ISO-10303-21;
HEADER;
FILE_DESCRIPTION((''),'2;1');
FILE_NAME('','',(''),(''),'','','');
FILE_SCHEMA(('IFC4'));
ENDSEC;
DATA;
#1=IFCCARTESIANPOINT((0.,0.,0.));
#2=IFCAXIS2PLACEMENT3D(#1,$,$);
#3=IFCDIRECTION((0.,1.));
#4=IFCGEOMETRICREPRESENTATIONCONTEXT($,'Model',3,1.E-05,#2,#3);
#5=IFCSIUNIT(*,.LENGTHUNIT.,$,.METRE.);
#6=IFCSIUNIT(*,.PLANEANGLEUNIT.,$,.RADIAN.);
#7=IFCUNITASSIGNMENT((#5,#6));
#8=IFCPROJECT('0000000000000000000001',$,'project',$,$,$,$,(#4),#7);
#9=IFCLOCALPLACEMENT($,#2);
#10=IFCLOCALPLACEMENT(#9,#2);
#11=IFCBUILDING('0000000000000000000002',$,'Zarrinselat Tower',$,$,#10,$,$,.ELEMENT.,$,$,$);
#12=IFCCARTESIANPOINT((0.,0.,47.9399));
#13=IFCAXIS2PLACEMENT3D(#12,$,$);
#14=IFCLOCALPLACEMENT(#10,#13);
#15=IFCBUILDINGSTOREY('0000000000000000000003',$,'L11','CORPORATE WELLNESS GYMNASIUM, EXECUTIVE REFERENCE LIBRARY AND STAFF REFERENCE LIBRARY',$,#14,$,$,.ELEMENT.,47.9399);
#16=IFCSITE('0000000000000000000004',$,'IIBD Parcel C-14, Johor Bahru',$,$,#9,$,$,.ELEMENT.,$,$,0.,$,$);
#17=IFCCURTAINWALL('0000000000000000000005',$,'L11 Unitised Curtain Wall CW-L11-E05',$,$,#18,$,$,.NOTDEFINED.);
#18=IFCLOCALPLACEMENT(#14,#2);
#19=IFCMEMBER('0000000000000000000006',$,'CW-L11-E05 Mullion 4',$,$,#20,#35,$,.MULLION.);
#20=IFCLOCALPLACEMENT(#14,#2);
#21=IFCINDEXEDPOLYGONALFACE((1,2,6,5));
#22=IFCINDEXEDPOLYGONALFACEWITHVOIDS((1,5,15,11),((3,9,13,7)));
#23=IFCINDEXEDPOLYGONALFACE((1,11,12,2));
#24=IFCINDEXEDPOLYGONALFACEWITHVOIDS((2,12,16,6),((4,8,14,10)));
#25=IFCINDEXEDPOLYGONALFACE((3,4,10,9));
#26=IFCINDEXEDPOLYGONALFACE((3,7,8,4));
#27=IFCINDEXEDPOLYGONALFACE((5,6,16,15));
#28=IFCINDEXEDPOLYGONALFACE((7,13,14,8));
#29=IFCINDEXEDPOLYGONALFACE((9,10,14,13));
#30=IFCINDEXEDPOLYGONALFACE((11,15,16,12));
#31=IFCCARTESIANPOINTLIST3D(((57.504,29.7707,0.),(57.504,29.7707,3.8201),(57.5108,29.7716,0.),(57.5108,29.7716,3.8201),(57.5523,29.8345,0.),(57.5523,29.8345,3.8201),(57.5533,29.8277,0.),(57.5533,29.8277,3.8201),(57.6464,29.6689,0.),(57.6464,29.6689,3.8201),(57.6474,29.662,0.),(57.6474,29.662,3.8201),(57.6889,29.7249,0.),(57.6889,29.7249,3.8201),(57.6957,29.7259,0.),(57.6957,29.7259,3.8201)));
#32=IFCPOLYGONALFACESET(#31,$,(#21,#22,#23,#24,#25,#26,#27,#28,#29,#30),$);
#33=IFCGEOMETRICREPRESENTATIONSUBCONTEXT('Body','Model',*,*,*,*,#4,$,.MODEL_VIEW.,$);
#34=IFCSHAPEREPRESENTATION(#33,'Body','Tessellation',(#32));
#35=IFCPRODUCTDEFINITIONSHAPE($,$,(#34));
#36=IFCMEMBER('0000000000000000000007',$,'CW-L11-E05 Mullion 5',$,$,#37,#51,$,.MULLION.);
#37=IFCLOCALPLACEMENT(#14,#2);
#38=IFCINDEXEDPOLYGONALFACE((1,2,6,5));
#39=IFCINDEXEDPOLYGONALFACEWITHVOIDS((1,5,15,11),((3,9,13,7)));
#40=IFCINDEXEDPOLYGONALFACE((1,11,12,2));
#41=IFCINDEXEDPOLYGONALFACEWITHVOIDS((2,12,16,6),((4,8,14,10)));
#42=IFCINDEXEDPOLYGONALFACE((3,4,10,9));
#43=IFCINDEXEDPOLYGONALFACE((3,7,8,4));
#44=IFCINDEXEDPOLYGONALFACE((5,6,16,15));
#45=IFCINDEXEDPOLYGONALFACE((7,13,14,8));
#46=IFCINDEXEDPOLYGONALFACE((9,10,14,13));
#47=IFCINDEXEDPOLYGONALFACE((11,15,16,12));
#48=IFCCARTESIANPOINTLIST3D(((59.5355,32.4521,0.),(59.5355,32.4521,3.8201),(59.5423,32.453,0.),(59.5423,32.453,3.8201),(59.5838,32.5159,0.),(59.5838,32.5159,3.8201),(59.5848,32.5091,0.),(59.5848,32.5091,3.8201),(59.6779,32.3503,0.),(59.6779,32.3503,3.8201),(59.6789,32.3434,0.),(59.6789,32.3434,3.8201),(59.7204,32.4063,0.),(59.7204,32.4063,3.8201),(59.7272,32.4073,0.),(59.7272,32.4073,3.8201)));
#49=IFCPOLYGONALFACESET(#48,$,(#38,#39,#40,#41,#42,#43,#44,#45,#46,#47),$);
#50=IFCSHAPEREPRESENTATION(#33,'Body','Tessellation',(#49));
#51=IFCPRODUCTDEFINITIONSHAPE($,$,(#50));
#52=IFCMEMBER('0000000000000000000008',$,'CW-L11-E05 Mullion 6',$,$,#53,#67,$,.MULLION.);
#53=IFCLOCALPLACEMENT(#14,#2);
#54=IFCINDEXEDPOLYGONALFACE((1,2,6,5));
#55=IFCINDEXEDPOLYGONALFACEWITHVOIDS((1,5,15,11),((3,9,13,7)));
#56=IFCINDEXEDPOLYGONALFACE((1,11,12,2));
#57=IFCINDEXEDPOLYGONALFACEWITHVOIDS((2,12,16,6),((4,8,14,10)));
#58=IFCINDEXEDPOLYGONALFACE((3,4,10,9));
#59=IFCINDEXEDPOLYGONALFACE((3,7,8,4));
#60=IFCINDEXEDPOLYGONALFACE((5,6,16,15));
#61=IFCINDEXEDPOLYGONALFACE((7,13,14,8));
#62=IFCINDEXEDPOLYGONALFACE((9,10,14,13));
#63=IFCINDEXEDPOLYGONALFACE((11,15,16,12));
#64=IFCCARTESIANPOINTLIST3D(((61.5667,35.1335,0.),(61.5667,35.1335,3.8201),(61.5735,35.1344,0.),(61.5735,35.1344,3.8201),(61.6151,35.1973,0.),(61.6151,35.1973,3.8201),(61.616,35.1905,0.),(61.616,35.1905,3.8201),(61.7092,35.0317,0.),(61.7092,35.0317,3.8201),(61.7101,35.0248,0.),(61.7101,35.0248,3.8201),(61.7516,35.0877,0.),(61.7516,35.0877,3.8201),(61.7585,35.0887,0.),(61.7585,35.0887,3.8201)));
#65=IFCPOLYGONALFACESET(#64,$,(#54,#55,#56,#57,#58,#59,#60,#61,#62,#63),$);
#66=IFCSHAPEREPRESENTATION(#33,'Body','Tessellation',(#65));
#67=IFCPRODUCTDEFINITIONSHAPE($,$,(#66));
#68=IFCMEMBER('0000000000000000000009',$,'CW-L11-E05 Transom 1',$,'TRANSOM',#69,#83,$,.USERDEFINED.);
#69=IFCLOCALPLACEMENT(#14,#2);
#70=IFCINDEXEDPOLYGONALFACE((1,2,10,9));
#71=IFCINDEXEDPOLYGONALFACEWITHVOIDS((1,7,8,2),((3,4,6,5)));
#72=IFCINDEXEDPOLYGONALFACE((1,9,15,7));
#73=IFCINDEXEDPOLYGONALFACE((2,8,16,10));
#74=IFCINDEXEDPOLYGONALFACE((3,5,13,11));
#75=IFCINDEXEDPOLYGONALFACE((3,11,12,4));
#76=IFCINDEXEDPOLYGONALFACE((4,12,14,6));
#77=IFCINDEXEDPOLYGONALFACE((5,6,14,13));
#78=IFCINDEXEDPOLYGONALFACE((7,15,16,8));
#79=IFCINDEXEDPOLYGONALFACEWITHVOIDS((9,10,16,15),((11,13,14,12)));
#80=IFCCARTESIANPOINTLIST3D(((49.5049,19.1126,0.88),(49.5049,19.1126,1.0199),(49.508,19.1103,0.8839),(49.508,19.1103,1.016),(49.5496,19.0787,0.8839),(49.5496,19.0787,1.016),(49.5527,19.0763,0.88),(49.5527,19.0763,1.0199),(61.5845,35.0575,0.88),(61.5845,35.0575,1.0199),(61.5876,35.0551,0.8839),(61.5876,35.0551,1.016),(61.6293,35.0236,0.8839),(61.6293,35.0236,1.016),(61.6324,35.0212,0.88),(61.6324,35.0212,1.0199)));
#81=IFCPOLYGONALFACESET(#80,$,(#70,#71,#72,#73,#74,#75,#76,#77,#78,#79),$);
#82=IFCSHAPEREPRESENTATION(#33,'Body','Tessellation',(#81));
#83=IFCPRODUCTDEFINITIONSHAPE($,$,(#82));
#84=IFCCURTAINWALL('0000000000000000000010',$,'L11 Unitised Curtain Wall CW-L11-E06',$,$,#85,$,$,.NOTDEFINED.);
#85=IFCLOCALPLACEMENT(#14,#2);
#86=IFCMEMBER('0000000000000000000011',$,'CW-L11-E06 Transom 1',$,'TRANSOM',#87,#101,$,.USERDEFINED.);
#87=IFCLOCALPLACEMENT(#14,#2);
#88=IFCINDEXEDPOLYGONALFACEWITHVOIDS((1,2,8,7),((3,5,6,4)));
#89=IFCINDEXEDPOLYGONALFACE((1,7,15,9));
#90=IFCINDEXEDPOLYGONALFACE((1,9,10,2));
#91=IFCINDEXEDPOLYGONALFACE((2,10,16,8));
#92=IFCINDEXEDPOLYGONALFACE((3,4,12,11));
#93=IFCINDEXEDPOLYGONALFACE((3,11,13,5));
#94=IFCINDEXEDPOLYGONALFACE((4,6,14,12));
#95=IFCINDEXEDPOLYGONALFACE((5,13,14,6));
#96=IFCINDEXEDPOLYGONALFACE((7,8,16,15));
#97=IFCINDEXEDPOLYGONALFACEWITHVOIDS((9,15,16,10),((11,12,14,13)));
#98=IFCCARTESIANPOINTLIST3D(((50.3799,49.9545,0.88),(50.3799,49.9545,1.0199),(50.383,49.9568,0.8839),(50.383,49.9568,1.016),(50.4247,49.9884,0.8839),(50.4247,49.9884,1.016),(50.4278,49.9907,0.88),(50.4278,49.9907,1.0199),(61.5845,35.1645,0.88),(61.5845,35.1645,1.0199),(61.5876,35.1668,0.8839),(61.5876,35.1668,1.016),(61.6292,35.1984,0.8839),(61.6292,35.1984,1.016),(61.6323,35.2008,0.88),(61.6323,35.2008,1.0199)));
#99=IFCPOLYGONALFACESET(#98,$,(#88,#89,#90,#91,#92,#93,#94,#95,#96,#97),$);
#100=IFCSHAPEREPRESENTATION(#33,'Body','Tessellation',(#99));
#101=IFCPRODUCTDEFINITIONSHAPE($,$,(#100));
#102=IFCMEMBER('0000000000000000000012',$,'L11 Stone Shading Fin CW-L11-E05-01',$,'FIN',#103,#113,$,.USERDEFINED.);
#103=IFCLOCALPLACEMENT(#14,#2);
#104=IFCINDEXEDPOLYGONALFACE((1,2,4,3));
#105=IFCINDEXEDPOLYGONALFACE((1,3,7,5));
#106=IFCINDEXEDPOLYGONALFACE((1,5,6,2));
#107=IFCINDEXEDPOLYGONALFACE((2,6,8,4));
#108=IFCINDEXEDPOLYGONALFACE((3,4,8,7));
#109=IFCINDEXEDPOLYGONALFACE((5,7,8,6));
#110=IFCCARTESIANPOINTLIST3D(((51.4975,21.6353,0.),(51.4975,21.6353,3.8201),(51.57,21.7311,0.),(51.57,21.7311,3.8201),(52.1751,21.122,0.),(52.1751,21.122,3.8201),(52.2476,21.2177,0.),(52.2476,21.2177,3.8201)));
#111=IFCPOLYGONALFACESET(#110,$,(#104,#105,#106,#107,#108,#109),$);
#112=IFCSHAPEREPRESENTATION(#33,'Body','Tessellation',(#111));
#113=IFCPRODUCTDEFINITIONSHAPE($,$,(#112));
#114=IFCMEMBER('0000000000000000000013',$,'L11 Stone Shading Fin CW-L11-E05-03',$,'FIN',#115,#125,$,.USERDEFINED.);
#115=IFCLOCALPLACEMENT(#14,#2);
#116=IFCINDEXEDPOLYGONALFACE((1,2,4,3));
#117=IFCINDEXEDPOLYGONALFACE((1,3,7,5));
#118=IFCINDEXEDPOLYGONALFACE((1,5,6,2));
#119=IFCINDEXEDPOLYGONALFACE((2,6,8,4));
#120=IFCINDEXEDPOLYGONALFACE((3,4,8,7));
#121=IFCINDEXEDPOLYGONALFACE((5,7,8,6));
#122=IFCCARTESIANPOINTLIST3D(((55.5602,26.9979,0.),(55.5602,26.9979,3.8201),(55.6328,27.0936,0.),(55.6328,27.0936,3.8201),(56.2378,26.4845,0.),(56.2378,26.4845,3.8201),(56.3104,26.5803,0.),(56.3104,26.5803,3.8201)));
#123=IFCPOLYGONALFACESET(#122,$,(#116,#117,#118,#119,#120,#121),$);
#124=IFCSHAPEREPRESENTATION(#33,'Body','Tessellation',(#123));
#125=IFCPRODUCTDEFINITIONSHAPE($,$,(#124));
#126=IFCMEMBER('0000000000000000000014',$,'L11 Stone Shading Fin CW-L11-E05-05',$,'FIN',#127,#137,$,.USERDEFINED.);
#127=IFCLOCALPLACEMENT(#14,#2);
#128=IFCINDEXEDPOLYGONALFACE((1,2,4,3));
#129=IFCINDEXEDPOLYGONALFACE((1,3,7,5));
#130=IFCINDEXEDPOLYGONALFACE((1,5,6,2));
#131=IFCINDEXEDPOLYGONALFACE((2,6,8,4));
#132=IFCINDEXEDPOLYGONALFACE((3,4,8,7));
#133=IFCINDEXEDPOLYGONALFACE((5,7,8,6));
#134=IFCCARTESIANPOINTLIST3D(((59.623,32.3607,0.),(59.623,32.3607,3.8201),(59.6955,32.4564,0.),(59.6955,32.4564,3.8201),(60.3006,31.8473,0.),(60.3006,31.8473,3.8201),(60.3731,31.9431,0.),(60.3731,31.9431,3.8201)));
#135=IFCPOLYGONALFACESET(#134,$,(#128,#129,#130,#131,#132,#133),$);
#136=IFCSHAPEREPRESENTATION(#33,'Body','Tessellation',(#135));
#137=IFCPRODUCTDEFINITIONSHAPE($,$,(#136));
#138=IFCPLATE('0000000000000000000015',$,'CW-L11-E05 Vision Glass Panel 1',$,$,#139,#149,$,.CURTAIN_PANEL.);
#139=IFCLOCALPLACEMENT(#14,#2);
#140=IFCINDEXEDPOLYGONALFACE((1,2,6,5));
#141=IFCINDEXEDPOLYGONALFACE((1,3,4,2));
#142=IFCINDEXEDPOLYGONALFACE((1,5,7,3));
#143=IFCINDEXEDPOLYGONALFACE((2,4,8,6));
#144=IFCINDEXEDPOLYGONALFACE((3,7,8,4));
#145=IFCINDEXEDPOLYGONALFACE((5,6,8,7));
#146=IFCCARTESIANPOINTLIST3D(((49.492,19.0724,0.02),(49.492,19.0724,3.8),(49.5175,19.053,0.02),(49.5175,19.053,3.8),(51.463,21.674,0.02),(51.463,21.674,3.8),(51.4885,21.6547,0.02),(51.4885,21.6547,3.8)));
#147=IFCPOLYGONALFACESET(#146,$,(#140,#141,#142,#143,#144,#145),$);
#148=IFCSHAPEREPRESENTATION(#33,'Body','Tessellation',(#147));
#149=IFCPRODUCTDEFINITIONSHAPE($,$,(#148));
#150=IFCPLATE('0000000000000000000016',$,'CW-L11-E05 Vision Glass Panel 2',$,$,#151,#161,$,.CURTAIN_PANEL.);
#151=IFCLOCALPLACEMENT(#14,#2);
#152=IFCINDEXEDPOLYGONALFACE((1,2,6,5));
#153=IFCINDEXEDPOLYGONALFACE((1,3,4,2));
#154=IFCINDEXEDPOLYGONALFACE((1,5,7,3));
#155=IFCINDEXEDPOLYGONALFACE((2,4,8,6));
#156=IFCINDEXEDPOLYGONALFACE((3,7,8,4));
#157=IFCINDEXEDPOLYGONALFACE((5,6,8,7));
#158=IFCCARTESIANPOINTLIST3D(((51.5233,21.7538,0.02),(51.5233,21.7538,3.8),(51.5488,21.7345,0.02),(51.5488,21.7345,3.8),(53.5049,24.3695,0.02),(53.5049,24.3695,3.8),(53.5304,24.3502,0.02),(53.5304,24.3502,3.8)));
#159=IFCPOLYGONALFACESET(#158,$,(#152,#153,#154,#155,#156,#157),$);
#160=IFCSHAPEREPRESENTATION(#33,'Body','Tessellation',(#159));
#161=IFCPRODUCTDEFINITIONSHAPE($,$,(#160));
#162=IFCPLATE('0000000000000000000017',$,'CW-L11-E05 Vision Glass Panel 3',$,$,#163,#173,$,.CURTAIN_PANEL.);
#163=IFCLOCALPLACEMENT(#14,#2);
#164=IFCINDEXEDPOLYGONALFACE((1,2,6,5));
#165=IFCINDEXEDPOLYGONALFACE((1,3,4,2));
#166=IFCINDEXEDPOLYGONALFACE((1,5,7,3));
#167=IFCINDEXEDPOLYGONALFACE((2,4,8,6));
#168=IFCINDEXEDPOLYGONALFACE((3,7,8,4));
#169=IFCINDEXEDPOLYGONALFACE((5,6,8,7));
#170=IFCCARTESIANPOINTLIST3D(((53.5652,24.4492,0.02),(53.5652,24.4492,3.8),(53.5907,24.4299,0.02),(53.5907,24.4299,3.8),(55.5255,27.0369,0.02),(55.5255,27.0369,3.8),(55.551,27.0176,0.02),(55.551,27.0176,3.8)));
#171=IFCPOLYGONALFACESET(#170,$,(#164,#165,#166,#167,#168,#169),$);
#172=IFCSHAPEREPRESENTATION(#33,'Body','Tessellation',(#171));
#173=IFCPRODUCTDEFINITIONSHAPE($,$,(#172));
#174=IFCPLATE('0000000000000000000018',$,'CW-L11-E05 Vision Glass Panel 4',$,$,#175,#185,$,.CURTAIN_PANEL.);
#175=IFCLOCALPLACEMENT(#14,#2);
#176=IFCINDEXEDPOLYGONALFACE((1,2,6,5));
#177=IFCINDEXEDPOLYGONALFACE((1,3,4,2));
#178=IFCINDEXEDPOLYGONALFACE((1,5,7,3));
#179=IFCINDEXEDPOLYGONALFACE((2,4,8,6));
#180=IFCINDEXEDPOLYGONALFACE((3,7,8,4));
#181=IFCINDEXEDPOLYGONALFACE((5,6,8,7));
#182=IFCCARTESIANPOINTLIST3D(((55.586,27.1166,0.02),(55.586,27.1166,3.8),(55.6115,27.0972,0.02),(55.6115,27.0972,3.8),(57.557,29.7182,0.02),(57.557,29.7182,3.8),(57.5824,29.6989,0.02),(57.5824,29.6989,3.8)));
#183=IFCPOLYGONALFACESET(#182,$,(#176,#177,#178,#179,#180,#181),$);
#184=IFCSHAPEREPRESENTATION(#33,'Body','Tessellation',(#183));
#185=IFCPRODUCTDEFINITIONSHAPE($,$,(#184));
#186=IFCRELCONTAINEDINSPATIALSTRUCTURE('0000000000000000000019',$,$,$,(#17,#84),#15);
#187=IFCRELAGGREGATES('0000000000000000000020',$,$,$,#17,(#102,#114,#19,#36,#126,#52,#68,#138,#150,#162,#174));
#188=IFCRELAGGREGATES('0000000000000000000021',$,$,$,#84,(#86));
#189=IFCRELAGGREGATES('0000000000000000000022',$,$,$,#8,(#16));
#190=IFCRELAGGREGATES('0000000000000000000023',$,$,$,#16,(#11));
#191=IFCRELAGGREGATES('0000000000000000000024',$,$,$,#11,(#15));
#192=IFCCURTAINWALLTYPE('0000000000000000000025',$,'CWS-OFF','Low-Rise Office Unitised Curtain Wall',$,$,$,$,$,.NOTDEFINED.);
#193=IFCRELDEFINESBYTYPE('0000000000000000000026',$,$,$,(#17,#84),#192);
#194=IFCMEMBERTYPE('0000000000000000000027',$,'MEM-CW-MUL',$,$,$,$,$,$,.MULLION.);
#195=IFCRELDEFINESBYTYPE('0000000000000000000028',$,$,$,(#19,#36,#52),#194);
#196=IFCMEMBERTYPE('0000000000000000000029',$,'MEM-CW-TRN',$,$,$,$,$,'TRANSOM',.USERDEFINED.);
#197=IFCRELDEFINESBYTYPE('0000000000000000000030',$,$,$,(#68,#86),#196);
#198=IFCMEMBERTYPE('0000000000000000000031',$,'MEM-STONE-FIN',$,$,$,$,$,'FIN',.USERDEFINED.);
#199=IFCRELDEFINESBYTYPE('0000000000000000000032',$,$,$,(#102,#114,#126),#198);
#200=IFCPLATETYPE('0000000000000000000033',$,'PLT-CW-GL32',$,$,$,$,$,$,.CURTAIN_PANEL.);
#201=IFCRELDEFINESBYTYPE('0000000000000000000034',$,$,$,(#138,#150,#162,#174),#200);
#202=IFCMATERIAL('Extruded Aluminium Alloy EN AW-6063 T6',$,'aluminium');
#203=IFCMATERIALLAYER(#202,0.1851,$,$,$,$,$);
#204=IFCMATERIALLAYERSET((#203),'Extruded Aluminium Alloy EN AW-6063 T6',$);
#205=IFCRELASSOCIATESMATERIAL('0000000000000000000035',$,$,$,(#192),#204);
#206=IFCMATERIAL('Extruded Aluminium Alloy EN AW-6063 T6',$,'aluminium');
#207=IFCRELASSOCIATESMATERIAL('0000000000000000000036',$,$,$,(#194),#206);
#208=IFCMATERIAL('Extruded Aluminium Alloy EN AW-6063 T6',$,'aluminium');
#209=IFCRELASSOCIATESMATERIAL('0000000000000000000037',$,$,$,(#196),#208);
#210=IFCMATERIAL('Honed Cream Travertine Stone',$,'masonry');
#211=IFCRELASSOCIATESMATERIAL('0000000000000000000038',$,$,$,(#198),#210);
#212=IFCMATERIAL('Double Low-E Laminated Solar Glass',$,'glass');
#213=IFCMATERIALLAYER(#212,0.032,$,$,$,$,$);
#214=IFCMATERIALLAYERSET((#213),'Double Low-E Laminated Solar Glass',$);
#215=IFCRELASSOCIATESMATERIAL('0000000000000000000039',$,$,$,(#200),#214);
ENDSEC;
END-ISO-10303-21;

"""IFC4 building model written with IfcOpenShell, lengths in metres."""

from ifc_helpers import new_model, si_unit, direction, frame, origin, origin_2d, place, context, subcontext, project, spatial, rectangle, hollow_rectangle, extrude, material, layer, layer_set, material_profile, profile_set, type_object, element, aggregate, save


model = new_model("IFC4")

# Units and contexts
model_context = context("Model", 3, precision=1e-05, world=origin(), true_north=direction((0.0, 1.0)))
body_context = subcontext(model_context, "Body", "Model", "MODEL_VIEW")
ifc_project = project(units=[si_unit("LENGTHUNIT", "METRE"), si_unit("PLANEANGLEUNIT", "RADIAN")], contexts=[model_context])

# Site, building, storey
site_placement = place(None, origin())
site = spatial("IfcSite", under=ifc_project, at=site_placement, Name="IIBD Parcel C-14, Johor Bahru", CompositionType="ELEMENT", RefElevation=0.0)
building_placement = place(site_placement, origin())
building = spatial("IfcBuilding", under=site, at=building_placement, Name="Zarrinselat Tower", CompositionType="ELEMENT")
storey_placement = place(building_placement, frame((0.0, 0.0, 47.9399)))
storey = spatial("IfcBuildingStorey", under=building, at=storey_placement, Name="L11", Description="CORPORATE WELLNESS GYMNASIUM, EXECUTIVE REFERENCE LIBRARY AND STAFF REFERENCE LIBRARY", CompositionType="ELEMENT", Elevation=47.9399)

# Shared definitions
ifc_material_1 = material(Name="Extruded Aluminium Alloy EN AW-6063 T6", Category="aluminium")
ifc_layer_1 = layer(ifc_material_1, 0.1851)
ifc_layer_set_1 = layer_set([ifc_layer_1], Name="Extruded Aluminium Alloy EN AW-6063 T6")
curtain_wall_type = type_object("IfcCurtainWallType", Name="CWS-OFF", Description="Low-Rise Office Unitised Curtain Wall", PredefinedType="NOTDEFINED", material=ifc_layer_set_1)
ifc_material_2 = material(Name="Extruded Aluminium Alloy EN AW-6063 T6", Category="aluminium")
ifc_material_profile_1 = material_profile(ifc_material_2, hollow_rectangle(XDim=0.0801, YDim=0.1799, WallThickness=0.0049, at=origin_2d()), Name="RHS 180x80x5")
ifc_profile_set_1 = profile_set([ifc_material_profile_1], Name="Extruded Aluminium Alloy EN AW-6063 T6")
member_type_1 = type_object("IfcMemberType", Name="MEM-CW-MUL", PredefinedType="MULLION", material=ifc_profile_set_1)

# Curtain wall, members
curtain_wall_1_placement = place(storey_placement, origin())
curtain_wall_1 = element("IfcCurtainWall", 1, at=curtain_wall_1_placement, inside=storey, type_object=curtain_wall_type, Name="L11 Unitised Curtain Wall CW-L11-E05", PredefinedType="NOTDEFINED")
member_1_placement = place(storey_placement, frame((57.5999, 29.7483, 0.0), z_axis=(0.0, 0.0, 1.0), x_axis=(0.603859, 0.797091, 0.0)))
member_1 = element("IfcMember", 2, at=member_1_placement, type_object=member_type_1, Name="CW-L11-E05 Mullion 4", PredefinedType="MULLION", context=body_context, shape_type="SweptSolid", body=[
    extrude(hollow_rectangle(XDim=0.0801, YDim=0.1799, WallThickness=0.0049, at=origin_2d()), origin(), (0.0, 0.0, 1.0), 3.8201),
])
member_2_placement = place(storey_placement, frame((59.6313, 32.4297, 0.0), z_axis=(0.0, 0.0, 1.0), x_axis=(0.603859, 0.797091, 0.0)))
member_2 = element("IfcMember", 3, at=member_2_placement, type_object=member_type_1, Name="CW-L11-E05 Mullion 5", PredefinedType="MULLION", context=body_context, shape_type="SweptSolid", body=[
    extrude(hollow_rectangle(XDim=0.0801, YDim=0.1799, WallThickness=0.0049, at=origin_2d()), origin(), (0.0, 0.0, 1.0), 3.8201),
])
member_3_placement = place(storey_placement, frame((61.6626, 35.1111, 0.0), z_axis=(0.0, 0.0, 1.0), x_axis=(0.603859, 0.797091, 0.0)))
member_3 = element("IfcMember", 4, at=member_3_placement, type_object=member_type_1, Name="CW-L11-E05 Mullion 6", PredefinedType="MULLION", context=body_context, shape_type="SweptSolid", body=[
    extrude(hollow_rectangle(XDim=0.0801, YDim=0.1799, WallThickness=0.0049, at=origin_2d()), origin(), (0.0, 0.0, 1.0), 3.8201),
])
ifc_material_3 = material(Name="Extruded Aluminium Alloy EN AW-6063 T6", Category="aluminium")
ifc_material_profile_2 = material_profile(ifc_material_3, hollow_rectangle(XDim=0.0601, YDim=0.1399, WallThickness=0.0039, at=origin_2d()), Name="RHS 140x60x4")
ifc_profile_set_2 = profile_set([ifc_material_profile_2], Name="Extruded Aluminium Alloy EN AW-6063 T6")
member_type_2 = type_object("IfcMemberType", Name="MEM-CW-TRN", ElementType="TRANSOM", PredefinedType="USERDEFINED", material=ifc_profile_set_2)
member_4_placement = place(storey_placement, frame((49.5288, 19.0945, 0.95), z_axis=(0.603863, 0.797088, 0.0), x_axis=(-0.797088, 0.603863, 0.0)))
member_4 = element("IfcMember", 5, at=member_4_placement, type_object=member_type_2, Name="CW-L11-E05 Transom 1", ObjectType="TRANSOM", PredefinedType="USERDEFINED", context=body_context, shape_type="SweptSolid", body=[
    extrude(hollow_rectangle(XDim=0.0601, YDim=0.1399, WallThickness=0.0039, at=origin_2d()), origin(), (0.0, 0.0, 1.0), 20.0039),
])

# Curtain wall, member
curtain_wall_2_placement = place(storey_placement, origin())
curtain_wall_2 = element("IfcCurtainWall", 6, at=curtain_wall_2_placement, inside=storey, type_object=curtain_wall_type, Name="L11 Unitised Curtain Wall CW-L11-E06", PredefinedType="NOTDEFINED")
member_5_placement = place(storey_placement, frame((61.6084, 35.1826, 0.95), z_axis=(-0.603858, 0.797092, 0.0), x_axis=(-0.797092, -0.603858, 0.0)))
member_5 = element("IfcMember", 7, at=member_5_placement, type_object=member_type_2, Name="CW-L11-E06 Transom 1", ObjectType="TRANSOM", PredefinedType="USERDEFINED", context=body_context, shape_type="SweptSolid", body=[
    extrude(hollow_rectangle(XDim=0.0601, YDim=0.1399, WallThickness=0.0039, at=origin_2d()), origin(), (0.0, 0.0, 1.0), 18.5549),
])

# Members
ifc_material_4 = material(Name="Honed Cream Travertine Stone", Category="masonry")
ifc_material_profile_3 = material_profile(ifc_material_4, rectangle(XDim=0.1201, YDim=0.8501, at=origin_2d()), Name="FIN 850x120")
ifc_profile_set_3 = profile_set([ifc_material_profile_3], Name="Honed Cream Travertine Stone")
member_type_3 = type_object("IfcMemberType", Name="MEM-STONE-FIN", ElementType="FIN", PredefinedType="USERDEFINED", material=ifc_profile_set_3)
member_6_placement = place(storey_placement, frame((51.8726, 21.4265, 0.0), z_axis=(0.0, 0.0, 1.0), x_axis=(-0.603859, -0.797091, 0.0)))
member_6 = element("IfcMember", 8, at=member_6_placement, type_object=member_type_3, Name="L11 Stone Shading Fin CW-L11-E05-01", ObjectType="FIN", PredefinedType="USERDEFINED", context=body_context, shape_type="SweptSolid", body=[
    extrude(rectangle(XDim=0.1201, YDim=0.8501, at=origin_2d()), origin(), (0.0, 0.0, 1.0), 3.8201),
])
member_7_placement = place(storey_placement, frame((55.9353, 26.7891, 0.0), z_axis=(0.0, 0.0, 1.0), x_axis=(-0.603859, -0.797091, 0.0)))
member_7 = element("IfcMember", 9, at=member_7_placement, type_object=member_type_3, Name="L11 Stone Shading Fin CW-L11-E05-03", ObjectType="FIN", PredefinedType="USERDEFINED", context=body_context, shape_type="SweptSolid", body=[
    extrude(rectangle(XDim=0.1201, YDim=0.8501, at=origin_2d()), origin(), (0.0, 0.0, 1.0), 3.8201),
])
member_8_placement = place(storey_placement, frame((59.998, 32.1519, 0.0), z_axis=(0.0, 0.0, 1.0), x_axis=(-0.603859, -0.797091, 0.0)))
member_8 = element("IfcMember", 10, at=member_8_placement, type_object=member_type_3, Name="L11 Stone Shading Fin CW-L11-E05-05", ObjectType="FIN", PredefinedType="USERDEFINED", context=body_context, shape_type="SweptSolid", body=[
    extrude(rectangle(XDim=0.1201, YDim=0.8501, at=origin_2d()), origin(), (0.0, 0.0, 1.0), 3.8201),
])

# Plates
ifc_material_5 = material(Name="Double Low-E Laminated Solar Glass", Category="glass")
ifc_layer_2 = layer(ifc_material_5, 0.032)
ifc_layer_set_2 = layer_set([ifc_layer_2], Name="Double Low-E Laminated Solar Glass")
plate_type = type_object("IfcPlateType", Name="PLT-CW-GL32", PredefinedType="CURTAIN_PANEL", material=ifc_layer_set_2)
plate_1_placement = place(storey_placement, frame((50.4902, 20.3635, 0.02), z_axis=(0.0, 0.0, 1.0), x_axis=(0.603859, 0.797091, 0.0)))
plate_1 = element("IfcPlate", 11, at=plate_1_placement, type_object=plate_type, Name="CW-L11-E05 Vision Glass Panel 1", PredefinedType="CURTAIN_PANEL", context=body_context, shape_type="SweptSolid", body=[
    extrude(rectangle(XDim=3.2639, YDim=0.032, at=origin_2d()), origin(), (0.0, 0.0, 1.0), 3.78),
])
plate_2_placement = place(storey_placement, frame((52.5269, 23.052, 0.02), z_axis=(0.0, 0.0, 1.0), x_axis=(0.603859, 0.797091, 0.0)))
plate_2 = element("IfcPlate", 12, at=plate_2_placement, type_object=plate_type, Name="CW-L11-E05 Vision Glass Panel 2", PredefinedType="CURTAIN_PANEL", context=body_context, shape_type="SweptSolid", body=[
    extrude(rectangle(XDim=3.2815, YDim=0.032, at=origin_2d()), origin(), (0.0, 0.0, 1.0), 3.78),
])
plate_3_placement = place(storey_placement, frame((54.5581, 25.7334, 0.02), z_axis=(0.0, 0.0, 1.0), x_axis=(0.603859, 0.797091, 0.0)))
plate_3 = element("IfcPlate", 13, at=plate_3_placement, type_object=plate_type, Name="CW-L11-E05 Vision Glass Panel 3", PredefinedType="CURTAIN_PANEL", context=body_context, shape_type="SweptSolid", body=[
    extrude(rectangle(XDim=3.2463, YDim=0.032, at=origin_2d()), origin(), (0.0, 0.0, 1.0), 3.78),
])
plate_4_placement = place(storey_placement, frame((56.5842, 28.4077, 0.02), z_axis=(0.0, 0.0, 1.0), x_axis=(0.603859, 0.797091, 0.0)))
plate_4 = element("IfcPlate", 14, at=plate_4_placement, type_object=plate_type, Name="CW-L11-E05 Vision Glass Panel 4", PredefinedType="CURTAIN_PANEL", context=body_context, shape_type="SweptSolid", body=[
    extrude(rectangle(XDim=3.2639, YDim=0.032, at=origin_2d()), origin(), (0.0, 0.0, 1.0), 3.78),
])
aggregate(curtain_wall_1, [member_6, member_7, member_1, member_2, member_8, member_3, member_4, plate_1, plate_2, plate_3, plate_4])
aggregate(curtain_wall_2, [member_5])

save(model, "model.ifc")
